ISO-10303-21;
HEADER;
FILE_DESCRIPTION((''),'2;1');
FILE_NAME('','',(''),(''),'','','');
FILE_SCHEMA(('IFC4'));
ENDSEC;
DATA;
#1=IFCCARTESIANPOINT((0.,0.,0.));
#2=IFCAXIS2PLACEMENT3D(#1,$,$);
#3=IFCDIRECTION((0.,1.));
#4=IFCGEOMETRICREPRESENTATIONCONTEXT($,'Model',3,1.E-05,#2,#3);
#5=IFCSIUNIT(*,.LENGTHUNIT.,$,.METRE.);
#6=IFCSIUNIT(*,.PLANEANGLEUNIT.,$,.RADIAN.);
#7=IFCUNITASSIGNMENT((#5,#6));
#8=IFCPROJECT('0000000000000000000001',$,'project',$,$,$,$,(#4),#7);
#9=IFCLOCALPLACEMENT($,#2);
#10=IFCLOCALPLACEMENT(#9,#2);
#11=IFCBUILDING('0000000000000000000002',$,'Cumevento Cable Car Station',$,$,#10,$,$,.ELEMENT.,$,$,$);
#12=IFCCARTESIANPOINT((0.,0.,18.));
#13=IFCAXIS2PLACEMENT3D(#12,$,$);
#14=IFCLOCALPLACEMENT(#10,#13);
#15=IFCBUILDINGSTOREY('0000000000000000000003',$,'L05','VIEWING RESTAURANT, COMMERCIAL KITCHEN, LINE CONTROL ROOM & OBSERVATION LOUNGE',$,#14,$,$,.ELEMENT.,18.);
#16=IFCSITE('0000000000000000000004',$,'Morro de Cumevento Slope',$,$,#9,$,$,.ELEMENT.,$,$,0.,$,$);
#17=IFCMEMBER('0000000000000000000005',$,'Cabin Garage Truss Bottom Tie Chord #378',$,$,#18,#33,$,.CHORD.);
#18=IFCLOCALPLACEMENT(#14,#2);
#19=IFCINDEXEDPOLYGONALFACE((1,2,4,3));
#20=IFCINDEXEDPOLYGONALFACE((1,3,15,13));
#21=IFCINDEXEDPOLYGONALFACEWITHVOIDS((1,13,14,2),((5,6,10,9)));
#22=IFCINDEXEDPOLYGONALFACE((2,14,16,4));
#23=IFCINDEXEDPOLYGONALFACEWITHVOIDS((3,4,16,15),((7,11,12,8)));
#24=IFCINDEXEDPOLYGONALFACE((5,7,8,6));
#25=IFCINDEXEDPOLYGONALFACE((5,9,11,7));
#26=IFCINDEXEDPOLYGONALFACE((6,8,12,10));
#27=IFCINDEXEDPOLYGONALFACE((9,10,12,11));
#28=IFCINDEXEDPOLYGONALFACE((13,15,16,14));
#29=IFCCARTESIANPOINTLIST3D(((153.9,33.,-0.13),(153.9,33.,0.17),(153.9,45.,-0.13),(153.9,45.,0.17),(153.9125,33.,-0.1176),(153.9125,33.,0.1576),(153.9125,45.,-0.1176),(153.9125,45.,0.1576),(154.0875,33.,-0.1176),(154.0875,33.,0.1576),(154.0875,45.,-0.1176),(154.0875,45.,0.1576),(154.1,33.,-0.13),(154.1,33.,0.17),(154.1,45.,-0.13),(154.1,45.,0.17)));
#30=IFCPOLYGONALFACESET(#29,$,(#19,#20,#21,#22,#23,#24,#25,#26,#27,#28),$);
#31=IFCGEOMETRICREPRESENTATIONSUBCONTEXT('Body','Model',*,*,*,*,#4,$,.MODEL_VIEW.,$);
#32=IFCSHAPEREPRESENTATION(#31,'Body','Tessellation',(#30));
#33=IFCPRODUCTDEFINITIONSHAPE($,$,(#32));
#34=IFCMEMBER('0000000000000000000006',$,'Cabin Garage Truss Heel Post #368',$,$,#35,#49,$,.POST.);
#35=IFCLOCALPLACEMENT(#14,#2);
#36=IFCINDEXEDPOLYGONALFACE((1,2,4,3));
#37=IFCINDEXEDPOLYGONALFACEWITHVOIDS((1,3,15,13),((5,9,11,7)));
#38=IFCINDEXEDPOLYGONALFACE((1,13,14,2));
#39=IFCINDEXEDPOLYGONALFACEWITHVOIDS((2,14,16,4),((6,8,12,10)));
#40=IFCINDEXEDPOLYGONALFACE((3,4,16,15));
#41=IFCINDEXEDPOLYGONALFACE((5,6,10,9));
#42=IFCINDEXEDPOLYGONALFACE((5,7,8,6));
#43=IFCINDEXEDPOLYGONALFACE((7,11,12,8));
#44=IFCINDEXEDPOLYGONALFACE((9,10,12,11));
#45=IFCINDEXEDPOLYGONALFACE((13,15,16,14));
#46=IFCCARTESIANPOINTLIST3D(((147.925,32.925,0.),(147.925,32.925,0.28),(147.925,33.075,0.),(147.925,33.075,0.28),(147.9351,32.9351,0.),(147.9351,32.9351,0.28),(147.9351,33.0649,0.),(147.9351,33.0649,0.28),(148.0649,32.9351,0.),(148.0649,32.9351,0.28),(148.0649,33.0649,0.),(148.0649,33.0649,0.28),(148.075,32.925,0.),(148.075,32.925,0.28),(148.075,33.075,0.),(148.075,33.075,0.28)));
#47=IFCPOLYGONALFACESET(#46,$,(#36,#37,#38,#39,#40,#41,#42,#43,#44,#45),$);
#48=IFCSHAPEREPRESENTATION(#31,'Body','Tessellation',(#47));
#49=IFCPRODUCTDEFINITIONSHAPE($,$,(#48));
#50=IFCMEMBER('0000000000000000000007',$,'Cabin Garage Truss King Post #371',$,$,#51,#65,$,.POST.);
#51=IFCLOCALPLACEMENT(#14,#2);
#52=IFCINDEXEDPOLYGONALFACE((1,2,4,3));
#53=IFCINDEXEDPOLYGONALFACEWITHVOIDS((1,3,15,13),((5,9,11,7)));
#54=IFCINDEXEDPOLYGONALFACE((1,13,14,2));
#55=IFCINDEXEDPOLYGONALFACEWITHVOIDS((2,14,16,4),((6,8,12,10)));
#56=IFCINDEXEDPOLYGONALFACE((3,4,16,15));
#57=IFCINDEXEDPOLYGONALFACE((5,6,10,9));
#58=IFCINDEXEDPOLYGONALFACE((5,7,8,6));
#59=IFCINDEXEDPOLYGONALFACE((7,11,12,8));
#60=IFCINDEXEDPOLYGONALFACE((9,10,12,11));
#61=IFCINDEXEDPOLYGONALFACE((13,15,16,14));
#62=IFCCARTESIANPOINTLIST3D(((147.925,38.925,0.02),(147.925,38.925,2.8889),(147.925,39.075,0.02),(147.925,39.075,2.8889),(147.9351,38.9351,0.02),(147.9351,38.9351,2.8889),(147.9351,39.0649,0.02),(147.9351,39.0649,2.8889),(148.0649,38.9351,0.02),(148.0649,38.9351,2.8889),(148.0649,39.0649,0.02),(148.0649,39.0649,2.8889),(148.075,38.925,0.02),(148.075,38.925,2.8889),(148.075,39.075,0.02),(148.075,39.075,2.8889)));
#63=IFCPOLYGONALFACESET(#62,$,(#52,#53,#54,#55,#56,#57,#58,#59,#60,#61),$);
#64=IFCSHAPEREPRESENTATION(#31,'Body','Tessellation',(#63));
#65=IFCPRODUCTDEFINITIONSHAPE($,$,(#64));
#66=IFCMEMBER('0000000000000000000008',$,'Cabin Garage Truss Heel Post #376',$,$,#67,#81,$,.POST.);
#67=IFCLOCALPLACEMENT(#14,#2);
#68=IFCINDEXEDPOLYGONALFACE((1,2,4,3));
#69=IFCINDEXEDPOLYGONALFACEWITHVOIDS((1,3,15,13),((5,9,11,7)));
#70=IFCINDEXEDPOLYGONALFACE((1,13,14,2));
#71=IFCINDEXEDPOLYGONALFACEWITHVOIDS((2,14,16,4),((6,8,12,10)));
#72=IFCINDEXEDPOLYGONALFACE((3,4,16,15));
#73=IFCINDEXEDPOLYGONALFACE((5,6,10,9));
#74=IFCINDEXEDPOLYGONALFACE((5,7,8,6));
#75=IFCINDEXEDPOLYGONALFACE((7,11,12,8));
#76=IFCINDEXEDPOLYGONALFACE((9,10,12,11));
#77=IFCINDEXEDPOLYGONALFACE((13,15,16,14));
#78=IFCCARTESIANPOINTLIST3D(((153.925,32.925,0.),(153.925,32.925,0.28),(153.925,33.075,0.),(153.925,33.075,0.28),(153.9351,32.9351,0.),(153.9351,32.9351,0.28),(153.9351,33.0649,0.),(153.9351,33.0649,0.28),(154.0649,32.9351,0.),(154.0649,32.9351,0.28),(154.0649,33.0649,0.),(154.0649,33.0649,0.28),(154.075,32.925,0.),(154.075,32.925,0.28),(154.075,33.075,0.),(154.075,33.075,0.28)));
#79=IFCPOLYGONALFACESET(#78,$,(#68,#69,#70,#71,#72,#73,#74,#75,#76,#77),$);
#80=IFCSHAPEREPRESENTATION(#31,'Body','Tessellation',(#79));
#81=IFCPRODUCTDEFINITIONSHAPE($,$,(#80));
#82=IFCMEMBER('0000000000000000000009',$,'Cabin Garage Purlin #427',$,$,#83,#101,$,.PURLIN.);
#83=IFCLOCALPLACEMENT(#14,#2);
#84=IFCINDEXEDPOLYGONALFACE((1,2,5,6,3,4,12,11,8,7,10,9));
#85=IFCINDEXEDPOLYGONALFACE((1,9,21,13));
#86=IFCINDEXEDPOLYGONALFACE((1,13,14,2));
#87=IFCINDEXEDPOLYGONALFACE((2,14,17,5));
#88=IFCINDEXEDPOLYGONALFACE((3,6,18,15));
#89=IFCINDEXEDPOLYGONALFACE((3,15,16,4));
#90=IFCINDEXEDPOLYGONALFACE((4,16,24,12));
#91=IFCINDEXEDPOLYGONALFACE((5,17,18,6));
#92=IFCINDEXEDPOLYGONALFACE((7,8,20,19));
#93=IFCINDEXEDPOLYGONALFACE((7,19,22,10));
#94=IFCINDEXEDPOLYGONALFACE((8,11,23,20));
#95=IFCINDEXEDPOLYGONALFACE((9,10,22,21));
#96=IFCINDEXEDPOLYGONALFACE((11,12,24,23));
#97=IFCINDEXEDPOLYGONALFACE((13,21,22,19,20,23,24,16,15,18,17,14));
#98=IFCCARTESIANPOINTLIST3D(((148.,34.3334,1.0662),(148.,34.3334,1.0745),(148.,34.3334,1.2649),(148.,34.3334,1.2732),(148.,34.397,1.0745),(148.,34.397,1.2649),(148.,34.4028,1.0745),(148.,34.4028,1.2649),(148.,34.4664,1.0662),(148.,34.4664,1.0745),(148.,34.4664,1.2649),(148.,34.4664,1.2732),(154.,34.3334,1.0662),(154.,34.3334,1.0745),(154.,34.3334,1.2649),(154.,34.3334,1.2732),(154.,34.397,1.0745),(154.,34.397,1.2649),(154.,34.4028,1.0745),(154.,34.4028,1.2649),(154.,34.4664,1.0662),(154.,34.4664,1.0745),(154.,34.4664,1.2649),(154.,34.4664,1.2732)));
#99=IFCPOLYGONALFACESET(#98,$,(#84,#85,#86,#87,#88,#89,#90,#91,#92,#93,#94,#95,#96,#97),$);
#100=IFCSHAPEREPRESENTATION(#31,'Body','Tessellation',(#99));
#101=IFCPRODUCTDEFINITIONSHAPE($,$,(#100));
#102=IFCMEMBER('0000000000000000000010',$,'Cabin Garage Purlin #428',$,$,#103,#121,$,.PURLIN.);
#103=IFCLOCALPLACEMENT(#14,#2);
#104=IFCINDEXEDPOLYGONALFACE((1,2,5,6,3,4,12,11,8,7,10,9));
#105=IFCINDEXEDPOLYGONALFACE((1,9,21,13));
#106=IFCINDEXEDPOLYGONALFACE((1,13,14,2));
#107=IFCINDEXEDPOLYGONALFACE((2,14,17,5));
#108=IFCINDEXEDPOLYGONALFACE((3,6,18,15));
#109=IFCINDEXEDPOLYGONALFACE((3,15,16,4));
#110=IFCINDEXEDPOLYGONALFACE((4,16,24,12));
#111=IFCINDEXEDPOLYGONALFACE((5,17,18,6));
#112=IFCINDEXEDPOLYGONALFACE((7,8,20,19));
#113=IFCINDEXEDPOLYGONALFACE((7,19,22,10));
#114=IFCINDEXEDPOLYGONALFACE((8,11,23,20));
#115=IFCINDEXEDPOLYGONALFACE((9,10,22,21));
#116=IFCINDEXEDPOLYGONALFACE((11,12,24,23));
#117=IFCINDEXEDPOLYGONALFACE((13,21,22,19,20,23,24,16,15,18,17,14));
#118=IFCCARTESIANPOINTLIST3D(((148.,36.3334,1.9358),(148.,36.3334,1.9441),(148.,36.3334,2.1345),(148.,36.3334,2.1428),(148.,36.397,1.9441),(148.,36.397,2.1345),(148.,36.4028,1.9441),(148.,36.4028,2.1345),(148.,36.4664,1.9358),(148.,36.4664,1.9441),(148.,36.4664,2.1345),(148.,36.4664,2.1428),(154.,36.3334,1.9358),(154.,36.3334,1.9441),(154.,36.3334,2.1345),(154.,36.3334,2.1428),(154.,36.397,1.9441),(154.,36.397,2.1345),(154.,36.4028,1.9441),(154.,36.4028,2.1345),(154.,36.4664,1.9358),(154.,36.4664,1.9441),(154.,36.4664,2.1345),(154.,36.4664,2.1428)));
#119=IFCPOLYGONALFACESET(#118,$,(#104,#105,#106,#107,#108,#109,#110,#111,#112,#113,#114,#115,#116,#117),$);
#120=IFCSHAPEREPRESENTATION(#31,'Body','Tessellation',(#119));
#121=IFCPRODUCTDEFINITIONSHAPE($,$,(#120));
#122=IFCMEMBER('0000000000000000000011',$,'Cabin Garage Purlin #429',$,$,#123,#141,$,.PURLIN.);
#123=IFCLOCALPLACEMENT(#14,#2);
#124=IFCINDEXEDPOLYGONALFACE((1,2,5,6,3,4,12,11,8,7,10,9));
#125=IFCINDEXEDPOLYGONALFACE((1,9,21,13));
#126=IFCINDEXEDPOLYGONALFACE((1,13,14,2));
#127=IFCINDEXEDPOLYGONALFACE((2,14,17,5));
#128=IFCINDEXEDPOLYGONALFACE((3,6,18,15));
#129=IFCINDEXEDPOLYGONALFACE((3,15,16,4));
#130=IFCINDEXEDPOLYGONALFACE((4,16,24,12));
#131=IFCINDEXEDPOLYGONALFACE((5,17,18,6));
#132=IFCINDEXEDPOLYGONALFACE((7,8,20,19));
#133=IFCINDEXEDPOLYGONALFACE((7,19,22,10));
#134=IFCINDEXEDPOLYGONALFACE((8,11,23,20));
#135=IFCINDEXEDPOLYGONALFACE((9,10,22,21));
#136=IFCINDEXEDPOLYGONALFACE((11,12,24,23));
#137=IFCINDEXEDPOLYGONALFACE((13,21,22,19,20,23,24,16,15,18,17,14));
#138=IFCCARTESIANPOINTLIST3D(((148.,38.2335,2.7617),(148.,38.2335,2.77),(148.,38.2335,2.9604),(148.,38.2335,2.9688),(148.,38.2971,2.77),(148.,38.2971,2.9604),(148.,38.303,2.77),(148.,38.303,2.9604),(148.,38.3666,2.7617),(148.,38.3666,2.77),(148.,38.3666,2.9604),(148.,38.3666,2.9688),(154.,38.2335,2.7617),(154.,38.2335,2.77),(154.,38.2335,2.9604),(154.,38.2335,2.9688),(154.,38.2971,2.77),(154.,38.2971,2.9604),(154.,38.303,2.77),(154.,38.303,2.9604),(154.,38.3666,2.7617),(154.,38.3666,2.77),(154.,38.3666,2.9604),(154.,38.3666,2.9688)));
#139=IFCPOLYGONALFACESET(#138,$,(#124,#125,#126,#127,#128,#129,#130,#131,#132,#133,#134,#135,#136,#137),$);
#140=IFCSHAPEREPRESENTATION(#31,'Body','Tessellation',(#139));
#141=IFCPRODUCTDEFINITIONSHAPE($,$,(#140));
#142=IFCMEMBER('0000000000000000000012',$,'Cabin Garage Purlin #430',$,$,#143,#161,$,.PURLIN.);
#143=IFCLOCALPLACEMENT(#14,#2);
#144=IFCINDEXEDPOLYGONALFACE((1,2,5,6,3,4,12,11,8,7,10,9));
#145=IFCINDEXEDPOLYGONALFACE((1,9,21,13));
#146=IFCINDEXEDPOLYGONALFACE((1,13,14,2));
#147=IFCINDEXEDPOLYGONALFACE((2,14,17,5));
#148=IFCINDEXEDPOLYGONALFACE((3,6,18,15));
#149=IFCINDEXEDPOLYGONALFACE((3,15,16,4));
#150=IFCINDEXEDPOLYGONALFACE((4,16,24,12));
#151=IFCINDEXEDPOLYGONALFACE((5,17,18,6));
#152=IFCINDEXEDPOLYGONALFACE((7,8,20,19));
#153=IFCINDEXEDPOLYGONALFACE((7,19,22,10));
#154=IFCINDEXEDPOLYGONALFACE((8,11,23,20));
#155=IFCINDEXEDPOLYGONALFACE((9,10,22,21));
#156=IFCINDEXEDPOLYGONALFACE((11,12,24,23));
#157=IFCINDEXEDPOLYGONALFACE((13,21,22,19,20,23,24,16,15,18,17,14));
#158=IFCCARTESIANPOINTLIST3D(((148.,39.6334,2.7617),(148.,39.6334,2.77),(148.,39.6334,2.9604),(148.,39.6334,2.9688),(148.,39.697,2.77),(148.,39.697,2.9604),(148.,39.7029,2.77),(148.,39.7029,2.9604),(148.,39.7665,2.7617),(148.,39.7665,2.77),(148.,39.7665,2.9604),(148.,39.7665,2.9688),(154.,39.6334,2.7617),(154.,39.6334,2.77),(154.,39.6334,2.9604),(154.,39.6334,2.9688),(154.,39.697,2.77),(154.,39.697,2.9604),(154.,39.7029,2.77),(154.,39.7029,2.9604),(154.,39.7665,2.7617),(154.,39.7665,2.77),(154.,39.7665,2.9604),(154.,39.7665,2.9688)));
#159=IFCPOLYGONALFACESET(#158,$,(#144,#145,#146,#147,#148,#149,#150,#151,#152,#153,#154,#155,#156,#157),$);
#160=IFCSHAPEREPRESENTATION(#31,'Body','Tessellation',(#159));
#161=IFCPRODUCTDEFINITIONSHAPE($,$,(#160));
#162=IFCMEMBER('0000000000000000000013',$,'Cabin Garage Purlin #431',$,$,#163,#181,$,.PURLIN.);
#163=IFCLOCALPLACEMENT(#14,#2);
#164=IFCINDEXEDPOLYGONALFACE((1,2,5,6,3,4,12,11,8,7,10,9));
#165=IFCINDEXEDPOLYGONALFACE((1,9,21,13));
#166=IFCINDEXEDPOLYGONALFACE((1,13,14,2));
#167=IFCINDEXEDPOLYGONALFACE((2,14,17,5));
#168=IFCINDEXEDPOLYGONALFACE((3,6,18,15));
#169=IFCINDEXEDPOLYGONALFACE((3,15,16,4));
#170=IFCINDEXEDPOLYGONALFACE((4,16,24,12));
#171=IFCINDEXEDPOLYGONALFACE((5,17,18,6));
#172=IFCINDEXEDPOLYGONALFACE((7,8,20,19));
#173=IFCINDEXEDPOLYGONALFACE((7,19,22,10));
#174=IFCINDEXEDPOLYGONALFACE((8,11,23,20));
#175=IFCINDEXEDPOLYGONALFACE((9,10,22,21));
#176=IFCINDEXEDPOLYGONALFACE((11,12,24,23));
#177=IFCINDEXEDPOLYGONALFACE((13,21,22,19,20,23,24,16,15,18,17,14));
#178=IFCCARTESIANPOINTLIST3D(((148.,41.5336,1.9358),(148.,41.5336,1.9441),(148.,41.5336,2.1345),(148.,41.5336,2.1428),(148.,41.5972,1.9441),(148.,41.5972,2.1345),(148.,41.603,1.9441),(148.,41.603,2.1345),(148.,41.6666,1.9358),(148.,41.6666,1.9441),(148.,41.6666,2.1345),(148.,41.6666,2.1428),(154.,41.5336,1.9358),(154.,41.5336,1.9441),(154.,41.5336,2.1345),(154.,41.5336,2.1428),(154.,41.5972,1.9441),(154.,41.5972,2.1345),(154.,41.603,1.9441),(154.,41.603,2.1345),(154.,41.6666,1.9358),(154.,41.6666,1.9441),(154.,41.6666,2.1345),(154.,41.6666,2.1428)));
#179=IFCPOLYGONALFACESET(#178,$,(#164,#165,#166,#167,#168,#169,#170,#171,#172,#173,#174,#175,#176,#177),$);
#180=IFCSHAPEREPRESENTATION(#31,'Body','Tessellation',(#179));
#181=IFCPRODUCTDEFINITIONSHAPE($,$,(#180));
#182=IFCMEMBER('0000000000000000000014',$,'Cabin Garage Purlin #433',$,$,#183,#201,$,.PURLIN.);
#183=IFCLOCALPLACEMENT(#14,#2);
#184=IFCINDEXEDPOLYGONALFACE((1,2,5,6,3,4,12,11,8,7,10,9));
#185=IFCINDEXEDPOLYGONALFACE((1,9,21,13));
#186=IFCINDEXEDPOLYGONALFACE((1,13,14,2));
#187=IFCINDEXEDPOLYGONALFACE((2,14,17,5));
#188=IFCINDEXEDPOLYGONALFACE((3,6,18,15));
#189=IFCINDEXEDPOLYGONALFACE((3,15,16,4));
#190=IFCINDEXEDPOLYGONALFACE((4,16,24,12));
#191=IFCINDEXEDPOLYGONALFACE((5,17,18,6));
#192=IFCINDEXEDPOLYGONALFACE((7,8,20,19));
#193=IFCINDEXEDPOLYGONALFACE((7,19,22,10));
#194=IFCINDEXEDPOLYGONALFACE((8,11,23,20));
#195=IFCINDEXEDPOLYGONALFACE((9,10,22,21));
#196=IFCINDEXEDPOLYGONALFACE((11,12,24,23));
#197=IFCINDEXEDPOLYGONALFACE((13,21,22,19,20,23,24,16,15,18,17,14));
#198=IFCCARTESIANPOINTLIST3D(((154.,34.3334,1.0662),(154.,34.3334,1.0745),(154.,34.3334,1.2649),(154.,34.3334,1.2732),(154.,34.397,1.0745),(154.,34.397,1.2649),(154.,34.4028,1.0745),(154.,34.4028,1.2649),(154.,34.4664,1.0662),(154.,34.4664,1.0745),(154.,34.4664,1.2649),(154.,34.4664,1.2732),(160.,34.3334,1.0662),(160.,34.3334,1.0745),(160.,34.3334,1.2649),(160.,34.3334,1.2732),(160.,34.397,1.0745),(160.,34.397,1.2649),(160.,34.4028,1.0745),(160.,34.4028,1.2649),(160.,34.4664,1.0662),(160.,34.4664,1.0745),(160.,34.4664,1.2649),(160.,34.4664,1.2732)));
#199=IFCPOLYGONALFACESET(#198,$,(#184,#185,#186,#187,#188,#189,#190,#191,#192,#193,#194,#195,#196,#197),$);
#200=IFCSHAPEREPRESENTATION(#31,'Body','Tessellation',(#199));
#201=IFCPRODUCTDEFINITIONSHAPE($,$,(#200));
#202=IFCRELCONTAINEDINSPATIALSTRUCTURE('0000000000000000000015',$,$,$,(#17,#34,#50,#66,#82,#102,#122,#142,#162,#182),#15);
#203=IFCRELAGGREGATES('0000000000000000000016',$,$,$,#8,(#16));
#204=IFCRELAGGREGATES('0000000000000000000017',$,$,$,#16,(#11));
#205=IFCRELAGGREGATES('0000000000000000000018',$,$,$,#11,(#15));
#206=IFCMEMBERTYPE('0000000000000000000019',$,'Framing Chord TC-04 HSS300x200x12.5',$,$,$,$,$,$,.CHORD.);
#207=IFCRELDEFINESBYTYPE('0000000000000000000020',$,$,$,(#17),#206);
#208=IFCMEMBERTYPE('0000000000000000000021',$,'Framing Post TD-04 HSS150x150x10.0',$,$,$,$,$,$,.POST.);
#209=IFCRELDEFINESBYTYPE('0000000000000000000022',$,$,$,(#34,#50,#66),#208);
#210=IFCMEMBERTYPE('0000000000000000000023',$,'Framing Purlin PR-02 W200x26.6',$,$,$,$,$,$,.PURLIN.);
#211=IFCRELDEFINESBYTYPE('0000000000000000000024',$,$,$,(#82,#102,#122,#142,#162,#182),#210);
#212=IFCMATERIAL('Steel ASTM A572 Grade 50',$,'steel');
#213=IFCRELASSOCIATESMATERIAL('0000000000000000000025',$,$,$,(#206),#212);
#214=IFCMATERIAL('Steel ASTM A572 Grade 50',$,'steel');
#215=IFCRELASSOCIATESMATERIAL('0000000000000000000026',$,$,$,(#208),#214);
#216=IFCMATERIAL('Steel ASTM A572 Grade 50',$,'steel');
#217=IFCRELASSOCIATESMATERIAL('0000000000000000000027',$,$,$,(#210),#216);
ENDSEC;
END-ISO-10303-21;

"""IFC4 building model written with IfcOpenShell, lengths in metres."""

from ifc_helpers import new_model, si_unit, direction, frame, origin, origin_2d, place, context, subcontext, project, spatial, hollow_rectangle, i_section, extrude, material, material_profile, profile_set, type_object, element, save


model = new_model("IFC4")

# Units and contexts
model_context = context("Model", 3, precision=1e-05, world=origin(), true_north=direction((0.0, 1.0)))
body_context = subcontext(model_context, "Body", "Model", "MODEL_VIEW")
ifc_project = project(units=[si_unit("LENGTHUNIT", "METRE"), si_unit("PLANEANGLEUNIT", "RADIAN")], contexts=[model_context])

# Site, building, storey
site_placement = place(None, origin())
site = spatial("IfcSite", under=ifc_project, at=site_placement, Name="Morro de Cumevento Slope", CompositionType="ELEMENT", RefElevation=0.0)
building_placement = place(site_placement, origin())
building = spatial("IfcBuilding", under=site, at=building_placement, Name="Cumevento Cable Car Station", CompositionType="ELEMENT")
storey_placement = place(building_placement, frame((0.0, 0.0, 18.0)))
storey = spatial("IfcBuildingStorey", under=building, at=storey_placement, Name="L05", Description="VIEWING RESTAURANT, COMMERCIAL KITCHEN, LINE CONTROL ROOM & OBSERVATION LOUNGE", CompositionType="ELEMENT", Elevation=18.0)

# Members
ifc_material_1 = material(Name="Steel ASTM A572 Grade 50", Category="steel")
ifc_material_profile_1 = material_profile(ifc_material_1, hollow_rectangle(XDim=0.2, YDim=0.3, WallThickness=0.0125, at=origin_2d()), Name="HSS300x200x12.5")
ifc_profile_set_1 = profile_set([ifc_material_profile_1], Name="Steel ASTM A572 Grade 50")
member_type_1 = type_object("IfcMemberType", Name="Framing Chord TC-04 HSS300x200x12.5", PredefinedType="CHORD", material=ifc_profile_set_1)
for number, where, z_axis, x_axis, name in (
    (1, (154.0, 33.0, 0.02), (0.0, 1.0, 0.0), (-1.0, 0.0, 0.0), "Cabin Garage Truss Bottom Tie Chord #378"),
):
    element("IfcMember", number, at=place(storey_placement, frame(where, z_axis=z_axis, x_axis=x_axis)), inside=storey, type_object=member_type_1, Name=name, PredefinedType="CHORD", context=body_context, shape_type="SweptSolid", body=[
        extrude(hollow_rectangle(XDim=0.2, YDim=0.3, WallThickness=0.0125, at=origin_2d()), origin(), (0.0, 0.0, 1.0), 12.0),
    ])
ifc_material_2 = material(Name="Steel ASTM A572 Grade 50", Category="steel")
ifc_material_profile_2 = material_profile(ifc_material_2, hollow_rectangle(XDim=0.1499, YDim=0.1499, WallThickness=0.01, at=origin_2d()), Name="HSS150x150x10.0")
ifc_profile_set_2 = profile_set([ifc_material_profile_2], Name="Steel ASTM A572 Grade 50")
member_type_2 = type_object("IfcMemberType", Name="Framing Post TD-04 HSS150x150x10.0", PredefinedType="POST", material=ifc_profile_set_2)
member_1_placement = place(storey_placement, frame((148.0, 33.0, 0.0), z_axis=(0.0, 0.0, 1.0), x_axis=(1.0, 0.0, 0.0)))
element("IfcMember", 2, at=member_1_placement, inside=storey, type_object=member_type_2, Name="Cabin Garage Truss Heel Post #368", PredefinedType="POST", context=body_context, shape_type="SweptSolid", body=[
    extrude(hollow_rectangle(XDim=0.1499, YDim=0.1499, WallThickness=0.01, at=origin_2d()), origin(), (0.0, 0.0, 1.0), 0.28),
])
member_2_placement = place(storey_placement, frame((148.0, 39.0, 0.02), z_axis=(0.0, 0.0, 1.0), x_axis=(1.0, 0.0, 0.0)))
element("IfcMember", 3, at=member_2_placement, inside=storey, type_object=member_type_2, Name="Cabin Garage Truss King Post #371", PredefinedType="POST", context=body_context, shape_type="SweptSolid", body=[
    extrude(hollow_rectangle(XDim=0.1499, YDim=0.1499, WallThickness=0.01, at=origin_2d()), origin(), (0.0, 0.0, 1.0), 2.8689),
])
member_3_placement = place(storey_placement, frame((154.0, 33.0, 0.0), z_axis=(0.0, 0.0, 1.0), x_axis=(1.0, 0.0, 0.0)))
element("IfcMember", 4, at=member_3_placement, inside=storey, type_object=member_type_2, Name="Cabin Garage Truss Heel Post #376", PredefinedType="POST", context=body_context, shape_type="SweptSolid", body=[
    extrude(hollow_rectangle(XDim=0.1499, YDim=0.1499, WallThickness=0.01, at=origin_2d()), origin(), (0.0, 0.0, 1.0), 0.28),
])
ifc_material_3 = material(Name="Steel ASTM A572 Grade 50", Category="steel")
ifc_material_profile_3 = material_profile(ifc_material_3, i_section(OverallWidth=0.1331, OverallDepth=0.207, WebThickness=0.0059, FlangeThickness=0.0083, at=origin_2d()), Name="W200x26.6")
ifc_profile_set_3 = profile_set([ifc_material_profile_3], Name="Steel ASTM A572 Grade 50")
member_type_3 = type_object("IfcMemberType", Name="Framing Purlin PR-02 W200x26.6", PredefinedType="PURLIN", material=ifc_profile_set_3)
for number, where, z_axis, x_axis, name in (
    (5, (148.0, 34.3999, 1.1697), (1.0, 0.0, 0.0), (0.0, 1.0, 0.0), "Cabin Garage Purlin #427"),
    (6, (148.0, 36.3999, 2.0393), (1.0, 0.0, 0.0), (0.0, 1.0, 0.0), "Cabin Garage Purlin #428"),
    (7, (148.0, 38.3, 2.8652), (1.0, 0.0, 0.0), (0.0, 1.0, 0.0), "Cabin Garage Purlin #429"),
    (8, (148.0, 39.7, 2.8652), (1.0, 0.0, 0.0), (0.0, 1.0, 0.0), "Cabin Garage Purlin #430"),
    (9, (148.0, 41.6001, 2.0393), (1.0, 0.0, 0.0), (0.0, 1.0, 0.0), "Cabin Garage Purlin #431"),
    (10, (154.0, 34.3999, 1.1697), (1.0, 0.0, 0.0), (0.0, 1.0, 0.0), "Cabin Garage Purlin #433"),
):
    element("IfcMember", number, at=place(storey_placement, frame(where, z_axis=z_axis, x_axis=x_axis)), inside=storey, type_object=member_type_3, Name=name, PredefinedType="PURLIN", context=body_context, shape_type="SweptSolid", body=[
        extrude(i_section(OverallWidth=0.1331, OverallDepth=0.207, WebThickness=0.0059, FlangeThickness=0.0083, at=origin_2d()), origin(), (0.0, 0.0, 1.0), 6.0),
    ])

save(model, "model.ifc")
